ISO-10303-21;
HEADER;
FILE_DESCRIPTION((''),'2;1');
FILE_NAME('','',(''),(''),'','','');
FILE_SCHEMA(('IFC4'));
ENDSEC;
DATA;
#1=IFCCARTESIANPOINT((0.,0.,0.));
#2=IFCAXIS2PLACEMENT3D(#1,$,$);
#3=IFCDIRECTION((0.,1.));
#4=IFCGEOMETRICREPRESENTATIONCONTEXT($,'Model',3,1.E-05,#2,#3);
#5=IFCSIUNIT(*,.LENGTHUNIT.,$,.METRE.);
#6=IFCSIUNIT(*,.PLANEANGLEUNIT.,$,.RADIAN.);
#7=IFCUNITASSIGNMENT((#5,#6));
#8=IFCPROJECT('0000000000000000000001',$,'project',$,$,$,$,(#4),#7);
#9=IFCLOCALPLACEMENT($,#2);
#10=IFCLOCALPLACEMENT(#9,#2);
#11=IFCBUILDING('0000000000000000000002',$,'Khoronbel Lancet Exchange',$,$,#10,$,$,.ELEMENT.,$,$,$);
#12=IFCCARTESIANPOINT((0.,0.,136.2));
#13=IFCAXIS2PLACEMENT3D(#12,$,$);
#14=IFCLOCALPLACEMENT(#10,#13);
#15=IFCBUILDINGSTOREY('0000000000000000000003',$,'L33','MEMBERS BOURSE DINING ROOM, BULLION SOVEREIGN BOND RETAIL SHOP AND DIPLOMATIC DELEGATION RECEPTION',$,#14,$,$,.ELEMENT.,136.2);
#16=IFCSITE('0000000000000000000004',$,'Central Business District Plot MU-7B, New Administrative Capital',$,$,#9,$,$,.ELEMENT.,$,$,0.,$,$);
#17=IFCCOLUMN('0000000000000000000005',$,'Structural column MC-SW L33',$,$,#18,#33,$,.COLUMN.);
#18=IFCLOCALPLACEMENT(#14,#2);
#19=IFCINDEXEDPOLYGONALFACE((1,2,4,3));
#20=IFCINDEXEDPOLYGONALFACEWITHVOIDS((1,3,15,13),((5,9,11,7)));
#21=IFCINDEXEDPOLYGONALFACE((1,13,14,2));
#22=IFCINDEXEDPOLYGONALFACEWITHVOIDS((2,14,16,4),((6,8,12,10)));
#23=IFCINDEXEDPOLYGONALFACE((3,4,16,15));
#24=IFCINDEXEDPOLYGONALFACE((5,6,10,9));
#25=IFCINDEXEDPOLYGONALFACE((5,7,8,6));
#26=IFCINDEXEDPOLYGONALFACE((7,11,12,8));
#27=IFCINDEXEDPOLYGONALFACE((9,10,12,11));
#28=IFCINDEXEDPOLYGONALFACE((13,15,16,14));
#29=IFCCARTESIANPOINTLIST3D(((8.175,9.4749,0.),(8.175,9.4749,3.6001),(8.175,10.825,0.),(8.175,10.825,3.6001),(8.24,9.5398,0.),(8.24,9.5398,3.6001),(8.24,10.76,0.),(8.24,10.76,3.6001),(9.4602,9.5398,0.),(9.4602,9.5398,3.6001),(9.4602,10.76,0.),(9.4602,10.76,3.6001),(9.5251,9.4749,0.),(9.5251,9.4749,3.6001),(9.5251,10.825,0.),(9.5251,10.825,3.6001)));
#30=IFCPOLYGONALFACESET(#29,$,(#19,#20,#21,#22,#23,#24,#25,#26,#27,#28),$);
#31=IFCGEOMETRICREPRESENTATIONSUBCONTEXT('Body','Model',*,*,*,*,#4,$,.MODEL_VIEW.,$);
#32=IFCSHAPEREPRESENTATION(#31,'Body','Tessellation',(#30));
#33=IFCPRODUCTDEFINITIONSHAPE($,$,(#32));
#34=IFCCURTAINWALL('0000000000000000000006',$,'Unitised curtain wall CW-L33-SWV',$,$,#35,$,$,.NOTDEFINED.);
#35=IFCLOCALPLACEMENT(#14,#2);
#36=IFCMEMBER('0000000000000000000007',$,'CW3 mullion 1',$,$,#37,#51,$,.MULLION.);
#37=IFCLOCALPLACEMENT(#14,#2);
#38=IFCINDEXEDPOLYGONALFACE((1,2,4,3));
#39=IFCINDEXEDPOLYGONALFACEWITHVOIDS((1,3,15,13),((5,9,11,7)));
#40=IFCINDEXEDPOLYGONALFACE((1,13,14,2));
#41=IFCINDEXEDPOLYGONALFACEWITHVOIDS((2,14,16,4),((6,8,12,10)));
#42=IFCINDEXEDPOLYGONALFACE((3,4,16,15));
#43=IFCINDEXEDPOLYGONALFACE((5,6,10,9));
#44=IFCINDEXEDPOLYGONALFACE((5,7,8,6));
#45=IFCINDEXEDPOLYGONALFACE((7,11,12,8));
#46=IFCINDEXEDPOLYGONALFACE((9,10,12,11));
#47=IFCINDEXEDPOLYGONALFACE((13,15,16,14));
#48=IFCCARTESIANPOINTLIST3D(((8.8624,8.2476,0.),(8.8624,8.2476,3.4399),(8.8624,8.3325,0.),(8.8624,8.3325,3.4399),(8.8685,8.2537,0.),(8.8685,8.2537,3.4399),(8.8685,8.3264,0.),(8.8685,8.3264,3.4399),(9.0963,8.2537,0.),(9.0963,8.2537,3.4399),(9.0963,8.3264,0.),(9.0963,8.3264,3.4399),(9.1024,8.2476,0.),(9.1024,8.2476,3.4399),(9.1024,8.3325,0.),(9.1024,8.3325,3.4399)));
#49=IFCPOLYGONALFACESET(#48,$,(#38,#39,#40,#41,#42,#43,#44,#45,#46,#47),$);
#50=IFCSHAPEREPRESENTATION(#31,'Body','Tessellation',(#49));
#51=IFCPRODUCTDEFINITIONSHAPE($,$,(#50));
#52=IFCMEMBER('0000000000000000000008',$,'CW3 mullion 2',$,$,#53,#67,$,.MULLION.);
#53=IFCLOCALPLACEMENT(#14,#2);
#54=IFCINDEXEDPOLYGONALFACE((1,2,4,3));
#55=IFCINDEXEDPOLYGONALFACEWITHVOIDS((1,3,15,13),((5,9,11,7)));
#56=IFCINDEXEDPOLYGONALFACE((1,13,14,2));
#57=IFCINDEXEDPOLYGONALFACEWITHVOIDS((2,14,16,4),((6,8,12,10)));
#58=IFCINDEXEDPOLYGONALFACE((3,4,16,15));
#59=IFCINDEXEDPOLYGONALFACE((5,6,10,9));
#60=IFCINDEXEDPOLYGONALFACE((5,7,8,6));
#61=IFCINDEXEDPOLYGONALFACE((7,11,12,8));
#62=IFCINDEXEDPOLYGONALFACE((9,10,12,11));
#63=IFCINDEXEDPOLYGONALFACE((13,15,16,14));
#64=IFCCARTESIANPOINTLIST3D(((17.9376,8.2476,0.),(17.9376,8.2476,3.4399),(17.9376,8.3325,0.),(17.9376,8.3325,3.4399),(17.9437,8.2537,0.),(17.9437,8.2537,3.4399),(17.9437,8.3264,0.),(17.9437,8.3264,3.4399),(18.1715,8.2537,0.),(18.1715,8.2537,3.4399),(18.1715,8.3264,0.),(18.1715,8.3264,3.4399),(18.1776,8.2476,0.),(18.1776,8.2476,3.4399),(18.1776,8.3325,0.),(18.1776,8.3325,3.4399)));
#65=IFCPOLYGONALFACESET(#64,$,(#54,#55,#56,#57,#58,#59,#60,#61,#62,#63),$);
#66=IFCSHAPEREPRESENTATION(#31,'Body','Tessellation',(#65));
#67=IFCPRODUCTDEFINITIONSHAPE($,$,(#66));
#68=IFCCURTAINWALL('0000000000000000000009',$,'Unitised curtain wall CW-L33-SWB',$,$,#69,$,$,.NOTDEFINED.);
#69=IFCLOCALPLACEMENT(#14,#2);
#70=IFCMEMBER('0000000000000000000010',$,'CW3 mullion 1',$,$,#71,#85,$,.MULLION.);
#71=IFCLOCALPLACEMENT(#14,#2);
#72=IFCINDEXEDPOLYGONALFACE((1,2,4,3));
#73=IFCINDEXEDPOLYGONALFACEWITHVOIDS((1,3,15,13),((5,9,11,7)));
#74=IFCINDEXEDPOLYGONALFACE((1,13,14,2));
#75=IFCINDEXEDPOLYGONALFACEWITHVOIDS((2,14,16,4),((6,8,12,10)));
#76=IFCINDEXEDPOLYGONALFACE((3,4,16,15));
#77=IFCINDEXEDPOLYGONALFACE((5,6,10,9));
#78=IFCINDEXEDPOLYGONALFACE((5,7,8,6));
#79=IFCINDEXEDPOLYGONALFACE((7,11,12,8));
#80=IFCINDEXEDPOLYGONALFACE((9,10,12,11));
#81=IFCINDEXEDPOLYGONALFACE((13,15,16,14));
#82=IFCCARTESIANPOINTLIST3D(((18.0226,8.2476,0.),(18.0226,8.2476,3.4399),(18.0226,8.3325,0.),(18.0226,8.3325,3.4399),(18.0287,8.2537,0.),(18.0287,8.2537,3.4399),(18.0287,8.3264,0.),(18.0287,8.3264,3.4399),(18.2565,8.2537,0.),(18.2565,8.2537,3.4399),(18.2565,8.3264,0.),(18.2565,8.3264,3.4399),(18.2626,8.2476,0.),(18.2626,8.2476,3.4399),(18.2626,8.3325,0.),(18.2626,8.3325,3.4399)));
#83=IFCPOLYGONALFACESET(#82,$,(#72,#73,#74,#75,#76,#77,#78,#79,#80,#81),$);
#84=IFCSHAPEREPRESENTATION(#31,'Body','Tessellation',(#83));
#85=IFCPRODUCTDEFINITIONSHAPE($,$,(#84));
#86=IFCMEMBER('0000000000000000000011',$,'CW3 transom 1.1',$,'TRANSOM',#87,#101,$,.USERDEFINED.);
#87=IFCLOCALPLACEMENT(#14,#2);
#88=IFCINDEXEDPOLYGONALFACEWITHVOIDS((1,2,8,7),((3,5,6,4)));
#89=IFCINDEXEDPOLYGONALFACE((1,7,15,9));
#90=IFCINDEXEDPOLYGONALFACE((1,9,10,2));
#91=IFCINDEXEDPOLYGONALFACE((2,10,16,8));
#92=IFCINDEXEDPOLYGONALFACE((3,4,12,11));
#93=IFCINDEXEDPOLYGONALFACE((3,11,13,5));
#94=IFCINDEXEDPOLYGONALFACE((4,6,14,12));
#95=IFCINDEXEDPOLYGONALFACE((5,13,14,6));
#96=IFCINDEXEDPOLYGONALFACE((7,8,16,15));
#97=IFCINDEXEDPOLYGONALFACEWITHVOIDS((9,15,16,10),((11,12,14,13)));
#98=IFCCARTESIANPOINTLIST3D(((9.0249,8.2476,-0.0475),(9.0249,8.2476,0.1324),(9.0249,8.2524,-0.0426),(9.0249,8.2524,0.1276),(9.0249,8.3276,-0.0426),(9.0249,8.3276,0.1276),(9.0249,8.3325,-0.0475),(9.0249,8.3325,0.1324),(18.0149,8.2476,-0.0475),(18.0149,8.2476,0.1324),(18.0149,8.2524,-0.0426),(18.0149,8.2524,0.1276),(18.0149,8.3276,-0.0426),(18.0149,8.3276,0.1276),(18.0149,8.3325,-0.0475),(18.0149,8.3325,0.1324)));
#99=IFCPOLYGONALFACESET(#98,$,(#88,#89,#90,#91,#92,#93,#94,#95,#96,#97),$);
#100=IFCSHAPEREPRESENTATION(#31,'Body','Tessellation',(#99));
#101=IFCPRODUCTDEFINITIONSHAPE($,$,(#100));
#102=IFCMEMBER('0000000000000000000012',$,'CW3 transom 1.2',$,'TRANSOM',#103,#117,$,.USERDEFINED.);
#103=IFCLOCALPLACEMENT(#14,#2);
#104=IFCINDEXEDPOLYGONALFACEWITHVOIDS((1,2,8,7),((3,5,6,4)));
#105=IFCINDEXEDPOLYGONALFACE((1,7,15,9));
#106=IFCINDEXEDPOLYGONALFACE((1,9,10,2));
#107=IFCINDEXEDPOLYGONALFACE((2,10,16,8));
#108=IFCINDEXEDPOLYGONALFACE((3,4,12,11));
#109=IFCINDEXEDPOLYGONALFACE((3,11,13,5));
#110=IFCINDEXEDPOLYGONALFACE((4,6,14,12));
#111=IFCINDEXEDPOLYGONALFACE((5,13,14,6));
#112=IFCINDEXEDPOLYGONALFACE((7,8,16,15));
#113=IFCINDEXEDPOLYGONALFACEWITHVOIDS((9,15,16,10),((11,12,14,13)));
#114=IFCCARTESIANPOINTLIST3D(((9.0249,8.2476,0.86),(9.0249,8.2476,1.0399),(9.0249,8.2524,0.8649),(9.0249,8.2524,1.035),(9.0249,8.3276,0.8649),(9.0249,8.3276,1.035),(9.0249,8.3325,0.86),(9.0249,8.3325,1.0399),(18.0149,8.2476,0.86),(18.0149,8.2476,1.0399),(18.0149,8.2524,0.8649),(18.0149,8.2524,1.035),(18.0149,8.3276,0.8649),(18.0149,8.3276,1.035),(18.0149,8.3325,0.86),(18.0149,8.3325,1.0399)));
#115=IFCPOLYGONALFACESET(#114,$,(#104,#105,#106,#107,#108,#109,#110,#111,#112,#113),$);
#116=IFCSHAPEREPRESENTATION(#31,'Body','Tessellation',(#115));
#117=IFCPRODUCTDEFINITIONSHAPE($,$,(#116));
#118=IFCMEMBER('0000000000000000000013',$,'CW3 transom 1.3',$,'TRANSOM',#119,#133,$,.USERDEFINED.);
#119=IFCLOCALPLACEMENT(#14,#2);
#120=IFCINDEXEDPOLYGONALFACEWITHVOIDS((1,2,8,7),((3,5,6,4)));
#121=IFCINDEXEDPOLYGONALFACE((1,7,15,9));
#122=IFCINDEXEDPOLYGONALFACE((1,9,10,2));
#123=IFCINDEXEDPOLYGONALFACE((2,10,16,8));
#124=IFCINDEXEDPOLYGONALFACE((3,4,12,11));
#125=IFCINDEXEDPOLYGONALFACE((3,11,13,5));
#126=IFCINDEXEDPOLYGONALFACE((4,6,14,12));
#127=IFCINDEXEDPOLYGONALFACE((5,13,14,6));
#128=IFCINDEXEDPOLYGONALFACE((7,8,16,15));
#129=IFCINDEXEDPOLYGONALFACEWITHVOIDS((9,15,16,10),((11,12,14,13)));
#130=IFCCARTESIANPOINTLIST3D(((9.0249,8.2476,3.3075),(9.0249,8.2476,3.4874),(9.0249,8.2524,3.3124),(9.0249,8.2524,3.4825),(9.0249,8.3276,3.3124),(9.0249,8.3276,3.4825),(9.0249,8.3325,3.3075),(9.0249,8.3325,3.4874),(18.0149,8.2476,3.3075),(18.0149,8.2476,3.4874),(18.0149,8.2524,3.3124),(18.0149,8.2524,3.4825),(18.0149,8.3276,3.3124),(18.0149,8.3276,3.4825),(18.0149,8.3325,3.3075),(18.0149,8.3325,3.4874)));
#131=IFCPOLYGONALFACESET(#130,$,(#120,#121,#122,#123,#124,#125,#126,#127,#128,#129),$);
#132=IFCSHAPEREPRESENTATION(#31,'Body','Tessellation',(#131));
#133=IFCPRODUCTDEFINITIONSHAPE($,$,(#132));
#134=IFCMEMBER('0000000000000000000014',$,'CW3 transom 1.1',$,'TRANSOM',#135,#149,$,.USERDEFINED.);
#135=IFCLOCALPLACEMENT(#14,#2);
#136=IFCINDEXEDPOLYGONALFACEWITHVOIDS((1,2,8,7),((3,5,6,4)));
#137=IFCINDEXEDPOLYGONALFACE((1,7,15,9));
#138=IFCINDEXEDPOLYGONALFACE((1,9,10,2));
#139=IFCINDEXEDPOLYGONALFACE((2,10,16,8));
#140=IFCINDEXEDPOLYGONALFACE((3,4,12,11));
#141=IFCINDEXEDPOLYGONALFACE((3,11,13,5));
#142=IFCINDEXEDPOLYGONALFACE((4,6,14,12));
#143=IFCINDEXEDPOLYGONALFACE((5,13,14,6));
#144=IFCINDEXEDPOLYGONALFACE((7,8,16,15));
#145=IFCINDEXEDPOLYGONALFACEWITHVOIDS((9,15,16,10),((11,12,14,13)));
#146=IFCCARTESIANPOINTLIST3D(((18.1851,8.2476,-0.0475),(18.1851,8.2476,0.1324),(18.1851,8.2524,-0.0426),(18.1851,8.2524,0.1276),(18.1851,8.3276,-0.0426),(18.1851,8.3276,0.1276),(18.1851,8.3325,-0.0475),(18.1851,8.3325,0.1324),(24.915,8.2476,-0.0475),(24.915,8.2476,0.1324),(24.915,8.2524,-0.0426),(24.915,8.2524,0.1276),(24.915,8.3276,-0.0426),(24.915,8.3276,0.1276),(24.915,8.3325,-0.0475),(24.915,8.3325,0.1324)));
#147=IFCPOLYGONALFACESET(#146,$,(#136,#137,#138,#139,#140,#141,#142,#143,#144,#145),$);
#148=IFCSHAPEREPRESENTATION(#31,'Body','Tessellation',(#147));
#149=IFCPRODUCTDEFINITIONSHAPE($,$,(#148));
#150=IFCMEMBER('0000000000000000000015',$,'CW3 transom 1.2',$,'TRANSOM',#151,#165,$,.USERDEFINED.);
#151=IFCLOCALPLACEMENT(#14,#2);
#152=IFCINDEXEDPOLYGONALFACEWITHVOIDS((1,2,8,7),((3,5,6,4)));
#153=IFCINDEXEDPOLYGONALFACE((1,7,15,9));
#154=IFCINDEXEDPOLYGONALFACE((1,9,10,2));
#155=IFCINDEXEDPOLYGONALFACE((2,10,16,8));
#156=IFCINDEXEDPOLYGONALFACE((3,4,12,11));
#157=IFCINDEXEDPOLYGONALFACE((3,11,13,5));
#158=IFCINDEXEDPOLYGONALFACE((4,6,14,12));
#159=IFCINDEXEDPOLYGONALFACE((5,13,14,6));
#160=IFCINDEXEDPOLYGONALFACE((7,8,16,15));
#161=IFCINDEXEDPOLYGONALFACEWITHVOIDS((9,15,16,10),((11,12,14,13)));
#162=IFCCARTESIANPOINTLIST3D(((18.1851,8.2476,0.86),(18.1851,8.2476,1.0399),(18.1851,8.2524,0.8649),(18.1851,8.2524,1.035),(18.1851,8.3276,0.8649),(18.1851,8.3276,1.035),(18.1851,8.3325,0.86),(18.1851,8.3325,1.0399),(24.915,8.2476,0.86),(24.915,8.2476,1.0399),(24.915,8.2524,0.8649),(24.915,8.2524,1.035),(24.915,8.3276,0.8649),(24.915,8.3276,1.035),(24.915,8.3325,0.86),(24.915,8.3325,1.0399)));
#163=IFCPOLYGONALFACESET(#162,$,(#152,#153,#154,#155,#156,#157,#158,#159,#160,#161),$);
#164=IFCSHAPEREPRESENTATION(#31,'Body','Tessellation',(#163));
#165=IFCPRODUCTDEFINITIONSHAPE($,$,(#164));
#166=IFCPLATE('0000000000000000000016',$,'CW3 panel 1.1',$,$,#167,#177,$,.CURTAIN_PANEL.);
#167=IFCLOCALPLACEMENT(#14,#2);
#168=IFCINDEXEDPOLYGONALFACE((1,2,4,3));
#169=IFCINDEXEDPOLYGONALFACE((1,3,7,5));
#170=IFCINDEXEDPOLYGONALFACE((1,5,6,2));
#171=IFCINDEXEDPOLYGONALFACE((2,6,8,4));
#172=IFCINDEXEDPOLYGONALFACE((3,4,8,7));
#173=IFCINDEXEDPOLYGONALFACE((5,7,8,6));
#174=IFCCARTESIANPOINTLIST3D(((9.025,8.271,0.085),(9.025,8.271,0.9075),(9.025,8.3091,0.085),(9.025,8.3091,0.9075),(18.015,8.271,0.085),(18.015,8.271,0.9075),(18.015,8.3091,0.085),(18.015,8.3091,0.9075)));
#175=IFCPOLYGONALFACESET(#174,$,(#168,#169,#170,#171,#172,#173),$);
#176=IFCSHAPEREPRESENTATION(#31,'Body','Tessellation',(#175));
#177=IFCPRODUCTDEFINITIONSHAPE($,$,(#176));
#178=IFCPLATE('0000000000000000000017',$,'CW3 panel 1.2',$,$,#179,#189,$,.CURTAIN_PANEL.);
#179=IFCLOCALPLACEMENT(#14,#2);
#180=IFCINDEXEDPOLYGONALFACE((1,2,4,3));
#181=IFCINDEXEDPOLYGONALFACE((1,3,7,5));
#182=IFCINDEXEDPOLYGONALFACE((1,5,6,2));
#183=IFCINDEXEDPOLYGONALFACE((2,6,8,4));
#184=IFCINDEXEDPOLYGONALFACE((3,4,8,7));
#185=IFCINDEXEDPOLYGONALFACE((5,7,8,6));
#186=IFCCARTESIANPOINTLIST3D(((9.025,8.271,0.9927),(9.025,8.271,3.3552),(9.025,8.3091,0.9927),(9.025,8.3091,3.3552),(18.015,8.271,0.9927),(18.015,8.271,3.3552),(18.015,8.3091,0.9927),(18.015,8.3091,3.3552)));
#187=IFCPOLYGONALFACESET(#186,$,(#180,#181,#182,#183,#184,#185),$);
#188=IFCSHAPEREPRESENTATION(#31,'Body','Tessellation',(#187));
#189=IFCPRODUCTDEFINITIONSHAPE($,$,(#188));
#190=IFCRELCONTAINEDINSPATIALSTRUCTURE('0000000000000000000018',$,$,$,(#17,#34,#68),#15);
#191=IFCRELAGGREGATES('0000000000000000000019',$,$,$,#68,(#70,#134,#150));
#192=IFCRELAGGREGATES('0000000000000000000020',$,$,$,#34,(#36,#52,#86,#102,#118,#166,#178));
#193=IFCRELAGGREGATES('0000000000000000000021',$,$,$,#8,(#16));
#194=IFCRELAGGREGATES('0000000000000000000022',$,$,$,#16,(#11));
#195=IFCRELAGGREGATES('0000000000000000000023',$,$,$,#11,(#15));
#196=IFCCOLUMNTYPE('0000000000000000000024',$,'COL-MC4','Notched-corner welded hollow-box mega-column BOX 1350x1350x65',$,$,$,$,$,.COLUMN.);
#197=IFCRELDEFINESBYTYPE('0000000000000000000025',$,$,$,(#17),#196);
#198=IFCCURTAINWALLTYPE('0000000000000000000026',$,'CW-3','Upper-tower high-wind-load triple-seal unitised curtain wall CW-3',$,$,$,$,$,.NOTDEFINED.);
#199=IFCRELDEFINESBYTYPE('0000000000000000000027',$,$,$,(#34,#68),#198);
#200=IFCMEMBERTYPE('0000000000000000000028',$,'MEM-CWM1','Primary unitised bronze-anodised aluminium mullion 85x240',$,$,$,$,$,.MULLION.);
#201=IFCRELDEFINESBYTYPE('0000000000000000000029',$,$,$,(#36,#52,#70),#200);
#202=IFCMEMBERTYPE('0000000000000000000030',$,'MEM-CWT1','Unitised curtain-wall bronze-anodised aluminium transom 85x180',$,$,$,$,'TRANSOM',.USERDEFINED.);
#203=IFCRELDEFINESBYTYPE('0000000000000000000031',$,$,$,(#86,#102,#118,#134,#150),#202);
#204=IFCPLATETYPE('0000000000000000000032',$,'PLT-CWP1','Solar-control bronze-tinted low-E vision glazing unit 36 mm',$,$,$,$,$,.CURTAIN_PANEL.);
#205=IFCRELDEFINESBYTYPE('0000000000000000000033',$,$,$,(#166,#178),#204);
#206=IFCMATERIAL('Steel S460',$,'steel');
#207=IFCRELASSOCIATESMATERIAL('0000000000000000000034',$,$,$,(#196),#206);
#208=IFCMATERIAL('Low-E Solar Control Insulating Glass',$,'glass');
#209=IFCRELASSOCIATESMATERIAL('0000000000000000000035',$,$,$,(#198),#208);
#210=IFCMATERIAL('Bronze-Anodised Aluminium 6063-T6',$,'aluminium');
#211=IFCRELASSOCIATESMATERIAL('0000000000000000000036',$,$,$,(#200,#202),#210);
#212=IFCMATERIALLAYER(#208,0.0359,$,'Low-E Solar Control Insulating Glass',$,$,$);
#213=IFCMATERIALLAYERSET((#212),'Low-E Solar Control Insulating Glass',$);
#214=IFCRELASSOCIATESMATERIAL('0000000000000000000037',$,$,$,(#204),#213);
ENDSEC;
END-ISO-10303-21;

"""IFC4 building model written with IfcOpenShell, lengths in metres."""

from ifc_helpers import new_model, si_unit, direction, frame, origin, origin_2d, place, context, subcontext, project, spatial, rectangle, hollow_rectangle, extrude, material, layer, layer_set, material_profile, profile_set, type_object, element, aggregate, save


model = new_model("IFC4")

# Units and contexts
model_context = context("Model", 3, precision=1e-05, world=origin(), true_north=direction((0.0, 1.0)))
body_context = subcontext(model_context, "Body", "Model", "MODEL_VIEW")
ifc_project = project(units=[si_unit("LENGTHUNIT", "METRE"), si_unit("PLANEANGLEUNIT", "RADIAN")], contexts=[model_context])

# Site, building, storey
site_placement = place(None, origin())
site = spatial("IfcSite", under=ifc_project, at=site_placement, Name="Central Business District Plot MU-7B, New Administrative Capital", CompositionType="ELEMENT", RefElevation=0.0)
building_placement = place(site_placement, origin())
building = spatial("IfcBuilding", under=site, at=building_placement, Name="Khoronbel Lancet Exchange", CompositionType="ELEMENT")
storey_placement = place(building_placement, frame((0.0, 0.0, 136.2)))
storey = spatial("IfcBuildingStorey", under=building, at=storey_placement, Name="L33", Description="MEMBERS BOURSE DINING ROOM, BULLION SOVEREIGN BOND RETAIL SHOP AND DIPLOMATIC DELEGATION RECEPTION", CompositionType="ELEMENT", Elevation=136.2)

# Column
ifc_material_1 = material(Name="Steel S460", Category="steel")
ifc_material_profile_1 = material_profile(ifc_material_1, hollow_rectangle(XDim=1.3501, YDim=1.3501, WallThickness=0.0649, at=origin_2d()), Name="BOX 1350x1350x65")
ifc_profile_set_1 = profile_set([ifc_material_profile_1], Name="Steel S460")
column_type = type_object("IfcColumnType", Name="COL-MC4", Description="Notched-corner welded hollow-box mega-column BOX 1350x1350x65", PredefinedType="COLUMN", material=ifc_profile_set_1)
column_placement = place(storey_placement, frame((8.8501, 10.1499, 0.0), z_axis=(0.0, 0.0, 1.0), x_axis=(1.0, 0.0, 0.0)))
element("IfcColumn", 1, at=column_placement, inside=storey, type_object=column_type, Name="Structural column MC-SW L33", PredefinedType="COLUMN", context=body_context, shape_type="SweptSolid", body=[
    extrude(hollow_rectangle(XDim=1.3501, YDim=1.3501, WallThickness=0.0649, at=origin_2d()), origin(), (0.0, 0.0, 1.0), 3.6001),
])

# Curtain wall, members
ifc_material_2 = material(Name="Low-E Solar Control Insulating Glass", Category="glass")
curtain_wall_type = type_object("IfcCurtainWallType", Name="CW-3", Description="Upper-tower high-wind-load triple-seal unitised curtain wall CW-3", PredefinedType="NOTDEFINED", material=ifc_material_2)
curtain_wall_1_placement = place(storey_placement, origin())
curtain_wall_1 = element("IfcCurtainWall", 2, at=curtain_wall_1_placement, inside=storey, type_object=curtain_wall_type, Name="Unitised curtain wall CW-L33-SWV", PredefinedType="NOTDEFINED")
ifc_material_3 = material(Name="Bronze-Anodised Aluminium 6063-T6", Category="aluminium")
ifc_material_profile_2 = material_profile(ifc_material_3, hollow_rectangle(XDim=0.085, YDim=0.24, WallThickness=0.0061, at=origin_2d()), Name="ALU MULLION 85x240")
ifc_profile_set_2 = profile_set([ifc_material_profile_2], Name="Bronze-Anodised Aluminium 6063-T6")
member_type_1 = type_object("IfcMemberType", Name="MEM-CWM1", Description="Primary unitised bronze-anodised aluminium mullion 85x240", PredefinedType="MULLION", material=ifc_profile_set_2)
member_1_placement = place(storey_placement, frame((8.9824, 8.29, 0.0), z_axis=(0.0, 0.0, 1.0), x_axis=(0.0, 1.0, 0.0)))
member_1 = element("IfcMember", 3, at=member_1_placement, type_object=member_type_1, Name="CW3 mullion 1", PredefinedType="MULLION", context=body_context, shape_type="SweptSolid", body=[
    extrude(hollow_rectangle(XDim=0.085, YDim=0.24, WallThickness=0.0061, at=origin_2d()), origin(), (0.0, 0.0, 1.0), 3.4399),
])
member_2_placement = place(storey_placement, frame((18.0576, 8.29, 0.0), z_axis=(0.0, 0.0, 1.0), x_axis=(0.0, 1.0, 0.0)))
member_2 = element("IfcMember", 4, at=member_2_placement, type_object=member_type_1, Name="CW3 mullion 2", PredefinedType="MULLION", context=body_context, shape_type="SweptSolid", body=[
    extrude(hollow_rectangle(XDim=0.085, YDim=0.24, WallThickness=0.0061, at=origin_2d()), origin(), (0.0, 0.0, 1.0), 3.4399),
])

# Curtain wall, member
curtain_wall_2_placement = place(storey_placement, origin())
curtain_wall_2 = element("IfcCurtainWall", 5, at=curtain_wall_2_placement, inside=storey, type_object=curtain_wall_type, Name="Unitised curtain wall CW-L33-SWB", PredefinedType="NOTDEFINED")
member_3_placement = place(storey_placement, frame((18.1426, 8.29, 0.0), z_axis=(0.0, 0.0, 1.0), x_axis=(0.0, 1.0, 0.0)))
member_3 = element("IfcMember", 6, at=member_3_placement, type_object=member_type_1, Name="CW3 mullion 1", PredefinedType="MULLION", context=body_context, shape_type="SweptSolid", body=[
    extrude(hollow_rectangle(XDim=0.085, YDim=0.24, WallThickness=0.0061, at=origin_2d()), origin(), (0.0, 0.0, 1.0), 3.4399),
])

# Members
ifc_material_profile_3 = material_profile(ifc_material_3, hollow_rectangle(XDim=0.085, YDim=0.1799, WallThickness=0.0049, at=origin_2d()), Name="ALU TRANSOM 85x180")
ifc_profile_set_3 = profile_set([ifc_material_profile_3], Name="Bronze-Anodised Aluminium 6063-T6")
member_type_2 = type_object("IfcMemberType", Name="MEM-CWT1", Description="Unitised curtain-wall bronze-anodised aluminium transom 85x180", ElementType="TRANSOM", PredefinedType="USERDEFINED", material=ifc_profile_set_3)
member_4_placement = place(storey_placement, frame((9.0249, 8.29, 0.0425), z_axis=(1.0, 0.0, 0.0), x_axis=(0.0, 1.0, 0.0)))
member_4 = element("IfcMember", 7, at=member_4_placement, type_object=member_type_2, Name="CW3 transom 1.1", ObjectType="TRANSOM", PredefinedType="USERDEFINED", context=body_context, shape_type="SweptSolid", body=[
    extrude(hollow_rectangle(XDim=0.085, YDim=0.1799, WallThickness=0.0049, at=origin_2d()), origin(), (0.0, 0.0, 1.0), 8.99),
])
member_5_placement = place(storey_placement, frame((9.0249, 8.29, 0.95), z_axis=(1.0, 0.0, 0.0), x_axis=(0.0, 1.0, 0.0)))
member_5 = element("IfcMember", 8, at=member_5_placement, type_object=member_type_2, Name="CW3 transom 1.2", ObjectType="TRANSOM", PredefinedType="USERDEFINED", context=body_context, shape_type="SweptSolid", body=[
    extrude(hollow_rectangle(XDim=0.085, YDim=0.1799, WallThickness=0.0049, at=origin_2d()), origin(), (0.0, 0.0, 1.0), 8.99),
])
member_6_placement = place(storey_placement, frame((9.0249, 8.29, 3.3975), z_axis=(1.0, 0.0, 0.0), x_axis=(0.0, 1.0, 0.0)))
member_6 = element("IfcMember", 9, at=member_6_placement, type_object=member_type_2, Name="CW3 transom 1.3", ObjectType="TRANSOM", PredefinedType="USERDEFINED", context=body_context, shape_type="SweptSolid", body=[
    extrude(hollow_rectangle(XDim=0.085, YDim=0.1799, WallThickness=0.0049, at=origin_2d()), origin(), (0.0, 0.0, 1.0), 8.99),
])
member_7_placement = place(storey_placement, frame((18.1851, 8.29, 0.0425), z_axis=(1.0, 0.0, 0.0), x_axis=(0.0, 1.0, 0.0)))
member_7 = element("IfcMember", 10, at=member_7_placement, type_object=member_type_2, Name="CW3 transom 1.1", ObjectType="TRANSOM", PredefinedType="USERDEFINED", context=body_context, shape_type="SweptSolid", body=[
    extrude(hollow_rectangle(XDim=0.085, YDim=0.1799, WallThickness=0.0049, at=origin_2d()), origin(), (0.0, 0.0, 1.0), 6.73),
])
member_8_placement = place(storey_placement, frame((18.1851, 8.29, 0.95), z_axis=(1.0, 0.0, 0.0), x_axis=(0.0, 1.0, 0.0)))
member_8 = element("IfcMember", 11, at=member_8_placement, type_object=member_type_2, Name="CW3 transom 1.2", ObjectType="TRANSOM", PredefinedType="USERDEFINED", context=body_context, shape_type="SweptSolid", body=[
    extrude(hollow_rectangle(XDim=0.085, YDim=0.1799, WallThickness=0.0049, at=origin_2d()), origin(), (0.0, 0.0, 1.0), 6.73),
])
aggregate(curtain_wall_2, [member_3, member_7, member_8])

# Plates
ifc_layer_1 = layer(ifc_material_2, 0.0359, Name="Low-E Solar Control Insulating Glass")
ifc_layer_set_1 = layer_set([ifc_layer_1], Name="Low-E Solar Control Insulating Glass")
plate_type_1 = type_object("IfcPlateType", Name="PLT-CWP1", Description="Solar-control bronze-tinted low-E vision glazing unit 36 mm", PredefinedType="CURTAIN_PANEL", material=ifc_layer_set_1)
plate_1_placement = place(storey_placement, frame((13.52, 8.29, 0.085), z_axis=(0.0, 0.0, 1.0), x_axis=(1.0, 0.0, 0.0)))
plate_1 = element("IfcPlate", 12, at=plate_1_placement, type_object=plate_type_1, Name="CW3 panel 1.1", PredefinedType="CURTAIN_PANEL", context=body_context, shape_type="SweptSolid", body=[
    extrude(rectangle(XDim=8.99, YDim=0.0381, at=origin_2d()), origin(), (0.0, 0.0, 1.0), 0.8225),
])
plate_2_placement = place(storey_placement, frame((13.52, 8.29, 0.9927), z_axis=(0.0, 0.0, 1.0), x_axis=(1.0, 0.0, 0.0)))
plate_2 = element("IfcPlate", 13, at=plate_2_placement, type_object=plate_type_1, Name="CW3 panel 1.2", PredefinedType="CURTAIN_PANEL", context=body_context, shape_type="SweptSolid", body=[
    extrude(rectangle(XDim=8.99, YDim=0.0381, at=origin_2d()), origin(), (0.0, 0.0, 1.0), 2.3625),
])
aggregate(curtain_wall_1, [member_1, member_2, member_4, member_5, member_6, plate_1, plate_2])

save(model, "model.ifc")
